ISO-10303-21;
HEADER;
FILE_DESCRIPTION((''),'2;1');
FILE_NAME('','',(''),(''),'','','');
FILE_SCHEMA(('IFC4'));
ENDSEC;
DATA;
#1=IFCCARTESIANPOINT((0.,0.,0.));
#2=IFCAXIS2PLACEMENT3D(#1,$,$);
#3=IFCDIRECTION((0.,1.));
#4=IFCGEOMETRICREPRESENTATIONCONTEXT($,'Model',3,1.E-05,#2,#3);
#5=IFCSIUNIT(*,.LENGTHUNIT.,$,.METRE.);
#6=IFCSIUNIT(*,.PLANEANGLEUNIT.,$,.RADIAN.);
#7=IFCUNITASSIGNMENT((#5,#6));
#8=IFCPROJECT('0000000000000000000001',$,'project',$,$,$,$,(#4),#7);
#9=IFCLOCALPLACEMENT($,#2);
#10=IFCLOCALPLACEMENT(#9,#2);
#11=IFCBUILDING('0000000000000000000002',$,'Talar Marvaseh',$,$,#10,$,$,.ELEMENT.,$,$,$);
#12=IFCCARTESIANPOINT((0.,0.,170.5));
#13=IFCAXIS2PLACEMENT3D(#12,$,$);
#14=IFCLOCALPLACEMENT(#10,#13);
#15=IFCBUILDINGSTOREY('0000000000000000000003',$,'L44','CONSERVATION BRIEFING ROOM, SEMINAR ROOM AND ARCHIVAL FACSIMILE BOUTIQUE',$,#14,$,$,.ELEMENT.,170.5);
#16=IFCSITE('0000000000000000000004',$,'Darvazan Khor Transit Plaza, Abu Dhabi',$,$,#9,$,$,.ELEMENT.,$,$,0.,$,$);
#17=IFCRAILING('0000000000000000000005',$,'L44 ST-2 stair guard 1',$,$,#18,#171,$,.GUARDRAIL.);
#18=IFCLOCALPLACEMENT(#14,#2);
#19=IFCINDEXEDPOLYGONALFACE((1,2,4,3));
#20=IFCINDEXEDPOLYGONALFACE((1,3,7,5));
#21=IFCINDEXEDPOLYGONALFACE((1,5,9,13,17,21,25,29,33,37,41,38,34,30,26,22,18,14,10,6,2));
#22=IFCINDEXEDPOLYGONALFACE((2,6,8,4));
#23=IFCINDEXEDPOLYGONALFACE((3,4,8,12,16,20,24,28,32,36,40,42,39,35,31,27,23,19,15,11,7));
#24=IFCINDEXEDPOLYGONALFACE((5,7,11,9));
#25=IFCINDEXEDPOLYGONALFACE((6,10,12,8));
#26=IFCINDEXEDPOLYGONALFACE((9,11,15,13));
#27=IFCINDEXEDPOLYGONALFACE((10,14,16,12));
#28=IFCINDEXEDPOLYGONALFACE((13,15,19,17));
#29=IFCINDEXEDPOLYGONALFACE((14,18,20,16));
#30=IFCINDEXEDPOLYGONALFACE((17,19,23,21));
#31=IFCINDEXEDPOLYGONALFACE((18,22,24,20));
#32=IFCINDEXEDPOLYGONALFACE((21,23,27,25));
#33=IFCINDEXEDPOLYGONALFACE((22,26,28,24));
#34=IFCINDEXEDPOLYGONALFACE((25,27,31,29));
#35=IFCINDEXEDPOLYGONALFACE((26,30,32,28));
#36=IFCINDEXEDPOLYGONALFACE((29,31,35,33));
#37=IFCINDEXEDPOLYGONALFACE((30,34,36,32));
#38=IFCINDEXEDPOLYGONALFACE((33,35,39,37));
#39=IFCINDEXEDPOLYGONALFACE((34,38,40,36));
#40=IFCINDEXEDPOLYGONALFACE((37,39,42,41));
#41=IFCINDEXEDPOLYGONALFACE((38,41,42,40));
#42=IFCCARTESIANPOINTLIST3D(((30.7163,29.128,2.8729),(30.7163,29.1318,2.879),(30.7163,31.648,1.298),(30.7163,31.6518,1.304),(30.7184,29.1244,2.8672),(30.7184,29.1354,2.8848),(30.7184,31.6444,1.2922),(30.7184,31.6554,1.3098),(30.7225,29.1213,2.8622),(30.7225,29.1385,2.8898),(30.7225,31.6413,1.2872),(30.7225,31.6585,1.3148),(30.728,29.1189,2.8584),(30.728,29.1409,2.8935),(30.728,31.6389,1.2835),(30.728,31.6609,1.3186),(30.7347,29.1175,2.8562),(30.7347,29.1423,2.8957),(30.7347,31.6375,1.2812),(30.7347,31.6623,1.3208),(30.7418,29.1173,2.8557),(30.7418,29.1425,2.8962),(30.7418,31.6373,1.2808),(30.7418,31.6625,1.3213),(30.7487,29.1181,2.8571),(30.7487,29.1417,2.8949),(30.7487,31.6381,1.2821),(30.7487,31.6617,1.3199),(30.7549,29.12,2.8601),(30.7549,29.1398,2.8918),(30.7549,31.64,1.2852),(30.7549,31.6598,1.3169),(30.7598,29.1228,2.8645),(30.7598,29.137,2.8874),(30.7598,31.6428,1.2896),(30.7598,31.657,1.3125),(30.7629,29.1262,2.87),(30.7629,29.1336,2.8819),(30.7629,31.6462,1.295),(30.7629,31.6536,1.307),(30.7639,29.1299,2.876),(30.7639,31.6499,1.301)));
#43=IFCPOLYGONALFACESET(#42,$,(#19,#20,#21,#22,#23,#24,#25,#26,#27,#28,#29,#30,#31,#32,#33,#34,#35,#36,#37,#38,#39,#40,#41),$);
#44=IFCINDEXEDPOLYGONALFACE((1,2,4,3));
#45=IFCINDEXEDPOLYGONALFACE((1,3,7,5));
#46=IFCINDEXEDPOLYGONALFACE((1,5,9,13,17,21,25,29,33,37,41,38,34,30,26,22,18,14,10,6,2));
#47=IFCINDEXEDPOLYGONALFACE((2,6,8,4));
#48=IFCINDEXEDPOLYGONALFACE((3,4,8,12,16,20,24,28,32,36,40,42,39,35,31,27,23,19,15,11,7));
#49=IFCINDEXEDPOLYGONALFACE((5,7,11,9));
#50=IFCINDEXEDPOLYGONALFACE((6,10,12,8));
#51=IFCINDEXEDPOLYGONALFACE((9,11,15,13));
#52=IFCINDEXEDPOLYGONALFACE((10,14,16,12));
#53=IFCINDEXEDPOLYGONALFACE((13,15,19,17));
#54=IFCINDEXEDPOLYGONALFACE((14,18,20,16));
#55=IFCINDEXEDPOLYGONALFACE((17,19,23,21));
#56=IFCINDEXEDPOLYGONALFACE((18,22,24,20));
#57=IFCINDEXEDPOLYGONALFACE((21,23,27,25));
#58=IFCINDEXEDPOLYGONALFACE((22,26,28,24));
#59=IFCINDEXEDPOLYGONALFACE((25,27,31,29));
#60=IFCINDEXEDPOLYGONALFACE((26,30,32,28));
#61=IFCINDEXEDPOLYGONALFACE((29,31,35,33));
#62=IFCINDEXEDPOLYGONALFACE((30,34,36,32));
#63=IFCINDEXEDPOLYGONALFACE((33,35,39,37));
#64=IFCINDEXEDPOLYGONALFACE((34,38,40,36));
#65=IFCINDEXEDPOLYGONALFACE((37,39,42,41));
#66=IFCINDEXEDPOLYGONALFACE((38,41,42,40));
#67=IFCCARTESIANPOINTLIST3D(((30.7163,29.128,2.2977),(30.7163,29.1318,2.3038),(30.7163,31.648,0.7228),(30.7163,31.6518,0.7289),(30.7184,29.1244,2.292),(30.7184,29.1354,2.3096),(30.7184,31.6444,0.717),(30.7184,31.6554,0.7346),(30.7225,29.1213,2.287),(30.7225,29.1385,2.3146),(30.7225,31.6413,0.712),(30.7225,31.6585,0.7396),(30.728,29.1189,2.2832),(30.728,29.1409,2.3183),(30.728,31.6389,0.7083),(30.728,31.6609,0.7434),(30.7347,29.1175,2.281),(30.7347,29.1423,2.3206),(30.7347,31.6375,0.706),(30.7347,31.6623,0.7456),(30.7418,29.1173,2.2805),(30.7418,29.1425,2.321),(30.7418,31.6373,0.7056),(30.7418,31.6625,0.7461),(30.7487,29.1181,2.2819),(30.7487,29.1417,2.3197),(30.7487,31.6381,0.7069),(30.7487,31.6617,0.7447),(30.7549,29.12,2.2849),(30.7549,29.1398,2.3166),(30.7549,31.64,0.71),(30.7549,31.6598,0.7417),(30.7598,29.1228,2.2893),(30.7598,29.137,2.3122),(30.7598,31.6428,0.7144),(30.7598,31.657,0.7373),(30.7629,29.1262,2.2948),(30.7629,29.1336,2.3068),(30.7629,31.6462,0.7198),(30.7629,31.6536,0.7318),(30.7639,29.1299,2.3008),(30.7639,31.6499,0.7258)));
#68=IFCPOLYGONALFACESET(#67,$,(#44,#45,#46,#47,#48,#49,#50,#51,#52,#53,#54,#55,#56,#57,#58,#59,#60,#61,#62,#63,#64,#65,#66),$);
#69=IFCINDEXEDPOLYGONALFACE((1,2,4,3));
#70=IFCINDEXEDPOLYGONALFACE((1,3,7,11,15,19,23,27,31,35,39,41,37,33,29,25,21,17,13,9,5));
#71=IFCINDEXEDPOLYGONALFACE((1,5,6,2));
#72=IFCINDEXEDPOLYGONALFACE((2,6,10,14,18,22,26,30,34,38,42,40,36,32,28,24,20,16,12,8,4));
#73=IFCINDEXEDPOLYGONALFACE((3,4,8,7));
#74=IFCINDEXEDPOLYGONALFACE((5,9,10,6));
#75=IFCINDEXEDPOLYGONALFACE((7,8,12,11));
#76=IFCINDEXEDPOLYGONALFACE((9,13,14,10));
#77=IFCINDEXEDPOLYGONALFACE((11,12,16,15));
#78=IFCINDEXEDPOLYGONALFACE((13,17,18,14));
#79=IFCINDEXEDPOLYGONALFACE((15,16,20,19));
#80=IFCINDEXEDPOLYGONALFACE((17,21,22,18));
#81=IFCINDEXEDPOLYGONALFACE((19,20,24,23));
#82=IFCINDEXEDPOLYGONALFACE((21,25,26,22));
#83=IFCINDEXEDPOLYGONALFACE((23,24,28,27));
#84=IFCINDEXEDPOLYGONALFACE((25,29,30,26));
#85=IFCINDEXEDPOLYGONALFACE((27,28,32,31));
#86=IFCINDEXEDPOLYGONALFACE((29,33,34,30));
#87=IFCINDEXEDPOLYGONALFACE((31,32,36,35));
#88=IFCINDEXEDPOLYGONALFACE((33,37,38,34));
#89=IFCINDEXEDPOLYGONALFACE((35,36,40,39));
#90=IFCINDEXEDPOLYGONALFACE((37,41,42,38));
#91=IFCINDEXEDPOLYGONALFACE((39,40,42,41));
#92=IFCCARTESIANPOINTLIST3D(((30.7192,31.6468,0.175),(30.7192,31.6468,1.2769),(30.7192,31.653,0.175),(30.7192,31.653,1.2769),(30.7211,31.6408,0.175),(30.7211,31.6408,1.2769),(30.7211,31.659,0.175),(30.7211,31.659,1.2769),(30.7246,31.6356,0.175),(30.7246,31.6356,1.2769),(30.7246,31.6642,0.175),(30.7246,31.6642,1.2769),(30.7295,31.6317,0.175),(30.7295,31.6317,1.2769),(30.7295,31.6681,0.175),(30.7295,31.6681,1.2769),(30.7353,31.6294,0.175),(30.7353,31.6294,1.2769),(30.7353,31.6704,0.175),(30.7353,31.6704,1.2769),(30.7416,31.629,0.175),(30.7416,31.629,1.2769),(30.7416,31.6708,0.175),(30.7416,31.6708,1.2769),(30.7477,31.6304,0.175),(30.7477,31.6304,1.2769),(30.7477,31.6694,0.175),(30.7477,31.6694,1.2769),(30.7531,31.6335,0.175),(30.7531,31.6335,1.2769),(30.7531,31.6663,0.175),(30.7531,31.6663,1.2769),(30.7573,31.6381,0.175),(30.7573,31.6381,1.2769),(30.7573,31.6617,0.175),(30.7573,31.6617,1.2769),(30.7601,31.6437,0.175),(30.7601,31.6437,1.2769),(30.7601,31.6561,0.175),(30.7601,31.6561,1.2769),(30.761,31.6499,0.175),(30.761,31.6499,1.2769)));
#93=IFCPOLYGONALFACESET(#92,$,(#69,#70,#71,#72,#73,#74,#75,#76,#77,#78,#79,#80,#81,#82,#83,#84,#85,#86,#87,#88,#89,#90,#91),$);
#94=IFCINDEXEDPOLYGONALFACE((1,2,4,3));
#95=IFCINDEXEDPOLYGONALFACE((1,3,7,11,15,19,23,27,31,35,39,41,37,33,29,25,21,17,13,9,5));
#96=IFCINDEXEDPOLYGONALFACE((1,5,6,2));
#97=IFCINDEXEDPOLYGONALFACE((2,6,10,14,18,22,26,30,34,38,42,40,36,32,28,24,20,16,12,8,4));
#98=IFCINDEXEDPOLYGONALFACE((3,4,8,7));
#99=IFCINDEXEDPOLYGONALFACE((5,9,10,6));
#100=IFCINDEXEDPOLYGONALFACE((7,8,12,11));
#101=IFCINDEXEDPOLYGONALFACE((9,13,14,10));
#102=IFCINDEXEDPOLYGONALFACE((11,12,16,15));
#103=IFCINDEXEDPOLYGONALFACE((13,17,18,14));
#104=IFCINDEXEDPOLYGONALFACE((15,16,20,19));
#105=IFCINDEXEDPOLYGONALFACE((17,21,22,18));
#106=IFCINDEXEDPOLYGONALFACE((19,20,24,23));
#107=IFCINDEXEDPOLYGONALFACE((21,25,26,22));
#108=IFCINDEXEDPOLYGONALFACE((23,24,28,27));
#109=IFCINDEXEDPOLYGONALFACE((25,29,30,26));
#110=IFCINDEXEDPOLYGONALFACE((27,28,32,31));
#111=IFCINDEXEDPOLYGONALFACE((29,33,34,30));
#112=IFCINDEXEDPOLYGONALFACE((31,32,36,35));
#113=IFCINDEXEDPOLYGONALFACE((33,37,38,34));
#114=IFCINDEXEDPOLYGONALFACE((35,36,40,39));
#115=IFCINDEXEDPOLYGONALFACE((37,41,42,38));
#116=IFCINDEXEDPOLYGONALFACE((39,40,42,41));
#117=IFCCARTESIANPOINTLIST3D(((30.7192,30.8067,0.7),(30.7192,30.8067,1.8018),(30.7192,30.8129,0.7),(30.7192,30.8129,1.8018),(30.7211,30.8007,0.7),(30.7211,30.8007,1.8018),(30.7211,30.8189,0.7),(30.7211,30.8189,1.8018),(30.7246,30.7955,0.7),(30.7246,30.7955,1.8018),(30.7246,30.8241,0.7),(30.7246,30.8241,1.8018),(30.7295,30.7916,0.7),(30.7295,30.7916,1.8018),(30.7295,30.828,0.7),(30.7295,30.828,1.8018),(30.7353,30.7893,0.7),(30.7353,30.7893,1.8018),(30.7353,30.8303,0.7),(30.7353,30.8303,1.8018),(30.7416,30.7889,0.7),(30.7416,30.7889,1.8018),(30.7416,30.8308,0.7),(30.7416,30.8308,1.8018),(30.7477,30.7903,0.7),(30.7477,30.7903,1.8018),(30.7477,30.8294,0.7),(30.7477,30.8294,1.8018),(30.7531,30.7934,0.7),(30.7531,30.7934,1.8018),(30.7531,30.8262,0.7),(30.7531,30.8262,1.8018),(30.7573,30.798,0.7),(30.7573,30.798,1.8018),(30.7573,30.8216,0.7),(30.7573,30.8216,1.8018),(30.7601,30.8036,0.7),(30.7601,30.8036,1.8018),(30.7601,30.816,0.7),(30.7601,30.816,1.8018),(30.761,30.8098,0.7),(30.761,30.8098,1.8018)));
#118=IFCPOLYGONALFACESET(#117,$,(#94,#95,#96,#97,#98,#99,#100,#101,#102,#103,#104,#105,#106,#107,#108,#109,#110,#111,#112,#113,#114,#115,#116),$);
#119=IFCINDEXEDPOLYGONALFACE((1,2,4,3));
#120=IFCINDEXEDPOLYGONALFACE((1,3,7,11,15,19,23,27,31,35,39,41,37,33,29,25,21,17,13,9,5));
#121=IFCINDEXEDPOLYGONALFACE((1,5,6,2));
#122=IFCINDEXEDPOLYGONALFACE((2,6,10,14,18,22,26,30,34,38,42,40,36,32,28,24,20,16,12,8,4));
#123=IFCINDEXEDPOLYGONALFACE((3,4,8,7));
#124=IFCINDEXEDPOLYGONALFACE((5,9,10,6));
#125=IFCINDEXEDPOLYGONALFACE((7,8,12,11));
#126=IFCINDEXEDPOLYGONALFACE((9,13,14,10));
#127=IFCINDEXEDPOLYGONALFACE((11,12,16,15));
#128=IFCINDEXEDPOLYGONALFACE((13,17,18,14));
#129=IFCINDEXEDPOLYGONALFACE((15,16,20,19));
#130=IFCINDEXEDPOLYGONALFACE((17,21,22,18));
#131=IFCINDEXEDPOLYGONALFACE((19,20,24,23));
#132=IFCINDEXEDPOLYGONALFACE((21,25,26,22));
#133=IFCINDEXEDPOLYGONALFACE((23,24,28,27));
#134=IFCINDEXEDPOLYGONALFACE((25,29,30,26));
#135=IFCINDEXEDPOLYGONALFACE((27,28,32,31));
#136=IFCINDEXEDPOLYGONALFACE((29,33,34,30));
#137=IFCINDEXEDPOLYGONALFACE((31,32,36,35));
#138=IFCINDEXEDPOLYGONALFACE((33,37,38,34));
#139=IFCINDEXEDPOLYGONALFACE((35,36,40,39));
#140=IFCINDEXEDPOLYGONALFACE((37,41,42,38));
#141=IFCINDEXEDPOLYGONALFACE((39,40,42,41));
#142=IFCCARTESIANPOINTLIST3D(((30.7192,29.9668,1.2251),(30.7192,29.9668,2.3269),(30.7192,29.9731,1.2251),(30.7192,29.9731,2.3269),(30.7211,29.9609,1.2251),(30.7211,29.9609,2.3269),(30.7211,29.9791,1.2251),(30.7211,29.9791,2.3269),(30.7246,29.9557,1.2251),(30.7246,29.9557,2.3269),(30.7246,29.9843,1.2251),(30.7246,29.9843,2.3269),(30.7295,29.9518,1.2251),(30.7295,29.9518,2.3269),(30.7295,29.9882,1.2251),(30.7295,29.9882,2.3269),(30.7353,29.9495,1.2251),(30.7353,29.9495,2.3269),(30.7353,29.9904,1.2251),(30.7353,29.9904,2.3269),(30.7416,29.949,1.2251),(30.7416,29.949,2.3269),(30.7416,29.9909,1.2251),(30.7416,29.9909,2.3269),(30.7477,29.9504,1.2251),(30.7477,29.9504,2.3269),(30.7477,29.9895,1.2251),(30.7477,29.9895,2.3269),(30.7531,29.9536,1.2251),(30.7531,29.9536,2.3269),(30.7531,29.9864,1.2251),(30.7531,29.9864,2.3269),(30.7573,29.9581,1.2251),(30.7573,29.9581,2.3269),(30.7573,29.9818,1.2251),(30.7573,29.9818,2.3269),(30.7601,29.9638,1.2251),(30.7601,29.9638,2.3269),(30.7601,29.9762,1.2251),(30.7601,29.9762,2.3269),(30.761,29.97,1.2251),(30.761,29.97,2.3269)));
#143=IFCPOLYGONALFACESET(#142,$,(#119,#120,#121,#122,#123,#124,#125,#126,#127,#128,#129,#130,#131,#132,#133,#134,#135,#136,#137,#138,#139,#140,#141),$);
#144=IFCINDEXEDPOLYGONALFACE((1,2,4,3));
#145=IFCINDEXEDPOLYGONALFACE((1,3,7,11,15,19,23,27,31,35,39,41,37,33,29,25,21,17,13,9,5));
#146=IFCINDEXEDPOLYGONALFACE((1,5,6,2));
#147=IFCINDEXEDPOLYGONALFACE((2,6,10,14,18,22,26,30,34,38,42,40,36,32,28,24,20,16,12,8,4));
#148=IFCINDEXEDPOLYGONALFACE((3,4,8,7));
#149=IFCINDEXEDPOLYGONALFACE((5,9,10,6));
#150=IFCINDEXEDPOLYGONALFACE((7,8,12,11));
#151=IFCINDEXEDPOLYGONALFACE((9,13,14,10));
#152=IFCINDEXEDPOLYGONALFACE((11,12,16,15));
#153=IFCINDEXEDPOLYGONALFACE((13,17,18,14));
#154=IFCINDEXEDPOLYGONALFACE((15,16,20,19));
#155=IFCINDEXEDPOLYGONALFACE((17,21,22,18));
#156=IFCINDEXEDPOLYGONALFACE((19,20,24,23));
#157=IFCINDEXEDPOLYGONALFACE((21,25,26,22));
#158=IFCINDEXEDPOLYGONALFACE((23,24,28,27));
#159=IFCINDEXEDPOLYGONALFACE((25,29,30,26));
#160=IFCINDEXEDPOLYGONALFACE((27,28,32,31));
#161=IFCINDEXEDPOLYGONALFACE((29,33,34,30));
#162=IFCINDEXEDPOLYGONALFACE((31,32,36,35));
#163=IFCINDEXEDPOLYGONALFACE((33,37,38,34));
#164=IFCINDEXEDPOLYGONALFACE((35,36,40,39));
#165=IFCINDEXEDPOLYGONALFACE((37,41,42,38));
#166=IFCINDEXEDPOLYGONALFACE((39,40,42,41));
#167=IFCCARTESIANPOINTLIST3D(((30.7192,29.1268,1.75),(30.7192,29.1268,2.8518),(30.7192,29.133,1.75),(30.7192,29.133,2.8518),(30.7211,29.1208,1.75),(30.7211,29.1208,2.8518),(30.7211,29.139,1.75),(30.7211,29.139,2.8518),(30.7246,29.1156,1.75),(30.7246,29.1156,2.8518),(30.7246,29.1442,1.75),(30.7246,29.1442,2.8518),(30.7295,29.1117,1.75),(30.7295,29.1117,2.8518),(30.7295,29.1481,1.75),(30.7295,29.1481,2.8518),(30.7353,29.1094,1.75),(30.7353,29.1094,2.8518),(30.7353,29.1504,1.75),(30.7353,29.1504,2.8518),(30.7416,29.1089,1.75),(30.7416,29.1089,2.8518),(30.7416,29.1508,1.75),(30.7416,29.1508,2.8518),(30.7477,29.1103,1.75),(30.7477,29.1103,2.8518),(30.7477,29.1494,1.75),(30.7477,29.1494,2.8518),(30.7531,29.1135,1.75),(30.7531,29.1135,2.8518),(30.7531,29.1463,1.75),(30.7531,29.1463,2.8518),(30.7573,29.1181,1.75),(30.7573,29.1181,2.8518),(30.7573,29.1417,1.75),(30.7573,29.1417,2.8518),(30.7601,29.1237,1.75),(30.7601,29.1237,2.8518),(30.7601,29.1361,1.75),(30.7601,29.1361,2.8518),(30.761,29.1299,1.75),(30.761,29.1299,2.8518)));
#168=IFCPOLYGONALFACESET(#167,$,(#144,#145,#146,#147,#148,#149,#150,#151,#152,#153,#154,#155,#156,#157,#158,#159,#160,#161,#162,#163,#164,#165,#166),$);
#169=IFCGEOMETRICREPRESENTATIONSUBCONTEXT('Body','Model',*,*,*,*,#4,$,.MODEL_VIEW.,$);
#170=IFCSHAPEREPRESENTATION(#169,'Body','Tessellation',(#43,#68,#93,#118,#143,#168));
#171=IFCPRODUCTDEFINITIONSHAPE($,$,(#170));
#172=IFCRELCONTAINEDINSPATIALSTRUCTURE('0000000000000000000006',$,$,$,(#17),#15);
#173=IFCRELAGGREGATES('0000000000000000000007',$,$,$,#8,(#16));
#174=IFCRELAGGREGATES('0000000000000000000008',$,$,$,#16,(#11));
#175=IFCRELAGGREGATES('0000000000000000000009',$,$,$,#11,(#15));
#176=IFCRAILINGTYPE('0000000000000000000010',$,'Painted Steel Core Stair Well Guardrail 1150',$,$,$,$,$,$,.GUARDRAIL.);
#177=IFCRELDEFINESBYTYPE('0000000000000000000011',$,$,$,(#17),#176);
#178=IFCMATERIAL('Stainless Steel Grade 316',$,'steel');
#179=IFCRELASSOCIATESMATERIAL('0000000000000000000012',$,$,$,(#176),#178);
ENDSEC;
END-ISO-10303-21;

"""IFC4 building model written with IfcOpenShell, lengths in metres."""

from ifc_helpers import new_model, si_unit, direction, frame, origin, origin_2d, place, context, subcontext, project, spatial, circle, extrude, material, type_object, element, save


model = new_model("IFC4")

# Units and contexts
model_context = context("Model", 3, precision=1e-05, world=origin(), true_north=direction((0.0, 1.0)))
body_context = subcontext(model_context, "Body", "Model", "MODEL_VIEW")
ifc_project = project(units=[si_unit("LENGTHUNIT", "METRE"), si_unit("PLANEANGLEUNIT", "RADIAN")], contexts=[model_context])

# Site, building, storey
site_placement = place(None, origin())
site = spatial("IfcSite", under=ifc_project, at=site_placement, Name="Darvazan Khor Transit Plaza, Abu Dhabi", CompositionType="ELEMENT", RefElevation=0.0)
building_placement = place(site_placement, origin())
building = spatial("IfcBuilding", under=site, at=building_placement, Name="Talar Marvaseh", CompositionType="ELEMENT")
storey_placement = place(building_placement, frame((0.0, 0.0, 170.5)))
storey = spatial("IfcBuildingStorey", under=building, at=storey_placement, Name="L44", Description="CONSERVATION BRIEFING ROOM, SEMINAR ROOM AND ARCHIVAL FACSIMILE BOUTIQUE", CompositionType="ELEMENT", Elevation=170.5)

# Shared definitions
ifc_material_1 = material(Name="Stainless Steel Grade 316", Category="steel")

# Railing
railing_type_1 = type_object("IfcRailingType", Name="Painted Steel Core Stair Well Guardrail 1150", PredefinedType="GUARDRAIL", material=ifc_material_1)
railing_1_placement = place(storey_placement, frame((30.74, 31.6499, 0.175)))
element("IfcRailing", 1, at=railing_1_placement, inside=storey, type_object=railing_type_1, Name="L44 ST-2 stair guard 1", PredefinedType="GUARDRAIL", context=body_context, shape_type="SweptSolid", body=[
    extrude(circle(Radius=0.0239, at=origin_2d()), frame((0.0, 0.0, 1.126), z_axis=(0.0, -0.848008, 0.529984), x_axis=(1.0, 0.0, 0.0)), (0.0, 0.0, 1.0), 2.9717),
    extrude(circle(Radius=0.0239, at=origin_2d()), frame((0.0, 0.0, 0.5508), z_axis=(0.0, -0.848008, 0.529984), x_axis=(1.0, 0.0, 0.0)), (0.0, 0.0, 1.0), 2.9717),
    extrude(circle(Radius=0.021, at=origin_2d()), origin(), (0.0, 0.0, 1.0), 1.1018),
    extrude(circle(Radius=0.021, at=origin_2d()), frame((0.0, -0.8401, 0.5249)), (0.0, 0.0, 1.0), 1.1018),
    extrude(circle(Radius=0.021, at=origin_2d()), frame((0.0, -1.6799, 1.05)), (0.0, 0.0, 1.0), 1.1018),
    extrude(circle(Radius=0.021, at=origin_2d()), frame((0.0, -2.52, 1.575)), (0.0, 0.0, 1.0), 1.1018),
])

save(model, "model.ifc")
